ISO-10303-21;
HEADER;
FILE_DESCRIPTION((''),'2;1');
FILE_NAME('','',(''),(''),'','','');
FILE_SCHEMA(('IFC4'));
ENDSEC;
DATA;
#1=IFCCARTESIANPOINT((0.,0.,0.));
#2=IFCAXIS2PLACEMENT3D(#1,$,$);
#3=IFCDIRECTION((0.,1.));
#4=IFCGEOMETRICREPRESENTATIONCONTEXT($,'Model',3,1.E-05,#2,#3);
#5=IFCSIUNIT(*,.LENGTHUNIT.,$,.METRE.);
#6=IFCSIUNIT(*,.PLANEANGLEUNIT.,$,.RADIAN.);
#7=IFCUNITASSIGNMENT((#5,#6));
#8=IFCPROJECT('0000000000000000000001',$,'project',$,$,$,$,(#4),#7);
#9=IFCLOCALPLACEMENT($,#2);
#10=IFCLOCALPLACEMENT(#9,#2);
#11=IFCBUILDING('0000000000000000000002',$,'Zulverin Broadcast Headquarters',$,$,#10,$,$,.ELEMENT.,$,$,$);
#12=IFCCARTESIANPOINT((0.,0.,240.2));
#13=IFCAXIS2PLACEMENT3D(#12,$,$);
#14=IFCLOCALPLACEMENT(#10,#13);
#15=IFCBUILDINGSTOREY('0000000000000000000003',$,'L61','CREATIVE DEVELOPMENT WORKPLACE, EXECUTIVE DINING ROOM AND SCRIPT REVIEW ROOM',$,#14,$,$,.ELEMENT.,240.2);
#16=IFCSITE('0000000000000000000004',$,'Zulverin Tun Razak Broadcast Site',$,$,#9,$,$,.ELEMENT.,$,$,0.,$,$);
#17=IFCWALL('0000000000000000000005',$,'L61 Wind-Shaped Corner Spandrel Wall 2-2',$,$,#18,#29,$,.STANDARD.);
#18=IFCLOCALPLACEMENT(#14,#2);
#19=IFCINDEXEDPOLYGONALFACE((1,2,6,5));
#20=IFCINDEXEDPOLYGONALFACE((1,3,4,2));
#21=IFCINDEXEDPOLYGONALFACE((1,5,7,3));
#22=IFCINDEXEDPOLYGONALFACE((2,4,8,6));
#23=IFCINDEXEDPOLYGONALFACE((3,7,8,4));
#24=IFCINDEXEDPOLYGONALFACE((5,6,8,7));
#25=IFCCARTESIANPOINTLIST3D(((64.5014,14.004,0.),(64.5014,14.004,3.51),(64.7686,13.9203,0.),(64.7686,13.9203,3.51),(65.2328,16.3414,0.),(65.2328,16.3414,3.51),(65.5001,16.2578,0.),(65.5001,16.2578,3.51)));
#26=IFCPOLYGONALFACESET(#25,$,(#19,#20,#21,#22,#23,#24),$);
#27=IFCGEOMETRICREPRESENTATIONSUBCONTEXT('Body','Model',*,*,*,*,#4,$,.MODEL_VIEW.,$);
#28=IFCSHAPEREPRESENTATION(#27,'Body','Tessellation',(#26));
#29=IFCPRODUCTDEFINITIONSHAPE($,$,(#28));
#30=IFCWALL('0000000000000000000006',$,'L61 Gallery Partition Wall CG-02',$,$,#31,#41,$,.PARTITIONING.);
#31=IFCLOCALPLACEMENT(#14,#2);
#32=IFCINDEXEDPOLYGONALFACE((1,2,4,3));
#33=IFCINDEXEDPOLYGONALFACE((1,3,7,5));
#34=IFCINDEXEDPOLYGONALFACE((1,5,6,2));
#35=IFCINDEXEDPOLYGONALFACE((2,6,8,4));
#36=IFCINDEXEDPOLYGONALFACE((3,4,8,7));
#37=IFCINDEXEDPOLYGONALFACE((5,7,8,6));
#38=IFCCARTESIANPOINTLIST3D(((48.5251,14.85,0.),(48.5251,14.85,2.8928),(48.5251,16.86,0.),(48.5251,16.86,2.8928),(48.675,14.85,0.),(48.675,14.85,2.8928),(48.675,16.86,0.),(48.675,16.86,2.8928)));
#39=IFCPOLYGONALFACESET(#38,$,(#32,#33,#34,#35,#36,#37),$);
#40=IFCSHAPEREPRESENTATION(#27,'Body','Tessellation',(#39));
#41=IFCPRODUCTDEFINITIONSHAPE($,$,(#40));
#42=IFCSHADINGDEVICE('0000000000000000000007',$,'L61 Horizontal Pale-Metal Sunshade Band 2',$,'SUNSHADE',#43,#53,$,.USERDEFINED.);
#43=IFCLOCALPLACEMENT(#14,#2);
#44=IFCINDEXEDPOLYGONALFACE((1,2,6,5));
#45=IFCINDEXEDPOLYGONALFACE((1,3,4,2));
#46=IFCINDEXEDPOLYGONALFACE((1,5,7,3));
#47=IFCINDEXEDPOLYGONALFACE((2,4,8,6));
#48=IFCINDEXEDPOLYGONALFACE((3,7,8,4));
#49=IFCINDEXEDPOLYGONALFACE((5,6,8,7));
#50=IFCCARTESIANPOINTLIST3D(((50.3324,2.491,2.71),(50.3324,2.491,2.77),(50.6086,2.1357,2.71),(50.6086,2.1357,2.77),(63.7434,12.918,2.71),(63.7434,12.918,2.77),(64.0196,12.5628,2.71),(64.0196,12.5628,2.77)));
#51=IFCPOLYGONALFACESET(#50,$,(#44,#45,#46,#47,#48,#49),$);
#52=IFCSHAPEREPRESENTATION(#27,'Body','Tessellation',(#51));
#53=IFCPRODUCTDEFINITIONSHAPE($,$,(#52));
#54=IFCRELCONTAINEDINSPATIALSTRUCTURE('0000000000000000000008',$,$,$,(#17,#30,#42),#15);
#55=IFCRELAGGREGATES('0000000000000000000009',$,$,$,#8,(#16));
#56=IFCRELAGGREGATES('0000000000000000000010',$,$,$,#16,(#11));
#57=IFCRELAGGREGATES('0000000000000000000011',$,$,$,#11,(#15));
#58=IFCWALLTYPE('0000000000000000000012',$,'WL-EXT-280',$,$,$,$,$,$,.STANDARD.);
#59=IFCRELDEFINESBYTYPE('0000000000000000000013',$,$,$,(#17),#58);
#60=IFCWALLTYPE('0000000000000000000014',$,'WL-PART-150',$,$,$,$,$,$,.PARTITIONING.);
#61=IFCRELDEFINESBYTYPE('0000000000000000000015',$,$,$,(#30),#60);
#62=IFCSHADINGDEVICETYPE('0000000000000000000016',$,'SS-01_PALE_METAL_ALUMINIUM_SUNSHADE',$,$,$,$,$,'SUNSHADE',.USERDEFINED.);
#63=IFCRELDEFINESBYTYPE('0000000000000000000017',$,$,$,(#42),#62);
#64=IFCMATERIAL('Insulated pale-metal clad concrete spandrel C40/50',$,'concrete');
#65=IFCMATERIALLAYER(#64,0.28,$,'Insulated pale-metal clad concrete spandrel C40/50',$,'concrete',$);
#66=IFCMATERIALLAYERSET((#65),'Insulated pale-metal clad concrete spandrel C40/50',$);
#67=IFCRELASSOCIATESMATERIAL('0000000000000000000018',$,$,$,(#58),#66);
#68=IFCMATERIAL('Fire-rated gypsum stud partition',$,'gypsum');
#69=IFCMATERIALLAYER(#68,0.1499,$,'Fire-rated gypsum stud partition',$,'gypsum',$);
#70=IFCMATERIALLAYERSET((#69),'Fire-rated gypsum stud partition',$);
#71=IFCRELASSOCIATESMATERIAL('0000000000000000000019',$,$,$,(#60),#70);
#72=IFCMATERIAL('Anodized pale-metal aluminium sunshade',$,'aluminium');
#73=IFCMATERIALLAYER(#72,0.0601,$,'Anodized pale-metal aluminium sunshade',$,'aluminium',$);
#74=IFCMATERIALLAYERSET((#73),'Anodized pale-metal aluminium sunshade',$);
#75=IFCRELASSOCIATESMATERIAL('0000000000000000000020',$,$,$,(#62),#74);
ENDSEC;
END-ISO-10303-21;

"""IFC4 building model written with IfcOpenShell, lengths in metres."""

from ifc_helpers import new_model, si_unit, direction, frame, frame_2d, origin, origin_2d, place, context, subcontext, project, spatial, rectangle, extrude, material, layer, layer_set, type_object, element, save


model = new_model("IFC4")

# Units and contexts
model_context = context("Model", 3, precision=1e-05, world=origin(), true_north=direction((0.0, 1.0)))
body_context = subcontext(model_context, "Body", "Model", "MODEL_VIEW")
ifc_project = project(units=[si_unit("LENGTHUNIT", "METRE"), si_unit("PLANEANGLEUNIT", "RADIAN")], contexts=[model_context])

# Site, building, storey
site_placement = place(None, origin())
site = spatial("IfcSite", under=ifc_project, at=site_placement, Name="Zulverin Tun Razak Broadcast Site", CompositionType="ELEMENT", RefElevation=0.0)
building_placement = place(site_placement, origin())
building = spatial("IfcBuilding", under=site, at=building_placement, Name="Zulverin Broadcast Headquarters", CompositionType="ELEMENT")
storey_placement = place(building_placement, frame((0.0, 0.0, 240.2)))
storey = spatial("IfcBuildingStorey", under=building, at=storey_placement, Name="L61", Description="CREATIVE DEVELOPMENT WORKPLACE, EXECUTIVE DINING ROOM AND SCRIPT REVIEW ROOM", CompositionType="ELEMENT", Elevation=240.2)

# Shared definitions
ifc_material_1 = material(Name="Insulated pale-metal clad concrete spandrel C40/50", Category="concrete")
ifc_layer_1 = layer(ifc_material_1, 0.28, Name="Insulated pale-metal clad concrete spandrel C40/50", Category="concrete")
ifc_layer_set_1 = layer_set([ifc_layer_1], Name="Insulated pale-metal clad concrete spandrel C40/50")
wall_type_1 = type_object("IfcWallType", Name="WL-EXT-280", PredefinedType="STANDARD", material=ifc_layer_set_1)

# Walls
wall_1_placement = place(storey_placement, frame((64.635, 13.9622, 0.0), z_axis=(0.0, 0.0, 1.0), x_axis=(0.29865, 0.954363, 0.0)))
element("IfcWall", 1, at=wall_1_placement, inside=storey, type_object=wall_type_1, Name="L61 Wind-Shaped Corner Spandrel Wall 2-2", PredefinedType="STANDARD", context=body_context, shape_type="SweptSolid", body=[
    extrude(rectangle(XDim=2.4492, YDim=0.28, at=frame_2d((1.2246, 0.0))), origin(), (0.0, 0.0, 1.0), 3.51),
])
ifc_material_2 = material(Name="Fire-rated gypsum stud partition", Category="gypsum")
ifc_layer_2 = layer(ifc_material_2, 0.1499, Name="Fire-rated gypsum stud partition", Category="gypsum")
ifc_layer_set_2 = layer_set([ifc_layer_2], Name="Fire-rated gypsum stud partition")
wall_type_2 = type_object("IfcWallType", Name="WL-PART-150", PredefinedType="PARTITIONING", material=ifc_layer_set_2)
wall_2_placement = place(storey_placement, frame((48.6001, 14.8501, 0.0), z_axis=(0.0, 0.0, 1.0), x_axis=(0.0, 1.0, 0.0)))
element("IfcWall", 2, at=wall_2_placement, inside=storey, type_object=wall_type_2, Name="L61 Gallery Partition Wall CG-02", PredefinedType="PARTITIONING", context=body_context, shape_type="SweptSolid", body=[
    extrude(rectangle(XDim=2.01, YDim=0.1499, at=frame_2d((1.0049, 0.0))), origin(), (0.0, 0.0, 1.0), 2.8928),
])

# Shading device
ifc_material_3 = material(Name="Anodized pale-metal aluminium sunshade", Category="aluminium")
ifc_layer_3 = layer(ifc_material_3, 0.0601, Name="Anodized pale-metal aluminium sunshade", Category="aluminium")
ifc_layer_set_3 = layer_set([ifc_layer_3], Name="Anodized pale-metal aluminium sunshade")
shading_device_type = type_object("IfcShadingDeviceType", Name="SS-01_PALE_METAL_ALUMINIUM_SUNSHADE", ElementType="SUNSHADE", PredefinedType="USERDEFINED", material=ifc_layer_set_3)
shading_device_placement = place(storey_placement, frame((57.176, 7.5269, 2.71), z_axis=(0.0, 0.0, 1.0), x_axis=(0.789459, 0.613803, 0.0)))
element("IfcShadingDevice", 3, at=shading_device_placement, inside=storey, type_object=shading_device_type, Name="L61 Horizontal Pale-Metal Sunshade Band 2", ObjectType="SUNSHADE", PredefinedType="USERDEFINED", context=body_context, shape_type="SweptSolid", body=[
    extrude(rectangle(XDim=16.9875, YDim=0.45, at=origin_2d()), origin(), (0.0, 0.0, 1.0), 0.0601),
])

save(model, "model.ifc")
